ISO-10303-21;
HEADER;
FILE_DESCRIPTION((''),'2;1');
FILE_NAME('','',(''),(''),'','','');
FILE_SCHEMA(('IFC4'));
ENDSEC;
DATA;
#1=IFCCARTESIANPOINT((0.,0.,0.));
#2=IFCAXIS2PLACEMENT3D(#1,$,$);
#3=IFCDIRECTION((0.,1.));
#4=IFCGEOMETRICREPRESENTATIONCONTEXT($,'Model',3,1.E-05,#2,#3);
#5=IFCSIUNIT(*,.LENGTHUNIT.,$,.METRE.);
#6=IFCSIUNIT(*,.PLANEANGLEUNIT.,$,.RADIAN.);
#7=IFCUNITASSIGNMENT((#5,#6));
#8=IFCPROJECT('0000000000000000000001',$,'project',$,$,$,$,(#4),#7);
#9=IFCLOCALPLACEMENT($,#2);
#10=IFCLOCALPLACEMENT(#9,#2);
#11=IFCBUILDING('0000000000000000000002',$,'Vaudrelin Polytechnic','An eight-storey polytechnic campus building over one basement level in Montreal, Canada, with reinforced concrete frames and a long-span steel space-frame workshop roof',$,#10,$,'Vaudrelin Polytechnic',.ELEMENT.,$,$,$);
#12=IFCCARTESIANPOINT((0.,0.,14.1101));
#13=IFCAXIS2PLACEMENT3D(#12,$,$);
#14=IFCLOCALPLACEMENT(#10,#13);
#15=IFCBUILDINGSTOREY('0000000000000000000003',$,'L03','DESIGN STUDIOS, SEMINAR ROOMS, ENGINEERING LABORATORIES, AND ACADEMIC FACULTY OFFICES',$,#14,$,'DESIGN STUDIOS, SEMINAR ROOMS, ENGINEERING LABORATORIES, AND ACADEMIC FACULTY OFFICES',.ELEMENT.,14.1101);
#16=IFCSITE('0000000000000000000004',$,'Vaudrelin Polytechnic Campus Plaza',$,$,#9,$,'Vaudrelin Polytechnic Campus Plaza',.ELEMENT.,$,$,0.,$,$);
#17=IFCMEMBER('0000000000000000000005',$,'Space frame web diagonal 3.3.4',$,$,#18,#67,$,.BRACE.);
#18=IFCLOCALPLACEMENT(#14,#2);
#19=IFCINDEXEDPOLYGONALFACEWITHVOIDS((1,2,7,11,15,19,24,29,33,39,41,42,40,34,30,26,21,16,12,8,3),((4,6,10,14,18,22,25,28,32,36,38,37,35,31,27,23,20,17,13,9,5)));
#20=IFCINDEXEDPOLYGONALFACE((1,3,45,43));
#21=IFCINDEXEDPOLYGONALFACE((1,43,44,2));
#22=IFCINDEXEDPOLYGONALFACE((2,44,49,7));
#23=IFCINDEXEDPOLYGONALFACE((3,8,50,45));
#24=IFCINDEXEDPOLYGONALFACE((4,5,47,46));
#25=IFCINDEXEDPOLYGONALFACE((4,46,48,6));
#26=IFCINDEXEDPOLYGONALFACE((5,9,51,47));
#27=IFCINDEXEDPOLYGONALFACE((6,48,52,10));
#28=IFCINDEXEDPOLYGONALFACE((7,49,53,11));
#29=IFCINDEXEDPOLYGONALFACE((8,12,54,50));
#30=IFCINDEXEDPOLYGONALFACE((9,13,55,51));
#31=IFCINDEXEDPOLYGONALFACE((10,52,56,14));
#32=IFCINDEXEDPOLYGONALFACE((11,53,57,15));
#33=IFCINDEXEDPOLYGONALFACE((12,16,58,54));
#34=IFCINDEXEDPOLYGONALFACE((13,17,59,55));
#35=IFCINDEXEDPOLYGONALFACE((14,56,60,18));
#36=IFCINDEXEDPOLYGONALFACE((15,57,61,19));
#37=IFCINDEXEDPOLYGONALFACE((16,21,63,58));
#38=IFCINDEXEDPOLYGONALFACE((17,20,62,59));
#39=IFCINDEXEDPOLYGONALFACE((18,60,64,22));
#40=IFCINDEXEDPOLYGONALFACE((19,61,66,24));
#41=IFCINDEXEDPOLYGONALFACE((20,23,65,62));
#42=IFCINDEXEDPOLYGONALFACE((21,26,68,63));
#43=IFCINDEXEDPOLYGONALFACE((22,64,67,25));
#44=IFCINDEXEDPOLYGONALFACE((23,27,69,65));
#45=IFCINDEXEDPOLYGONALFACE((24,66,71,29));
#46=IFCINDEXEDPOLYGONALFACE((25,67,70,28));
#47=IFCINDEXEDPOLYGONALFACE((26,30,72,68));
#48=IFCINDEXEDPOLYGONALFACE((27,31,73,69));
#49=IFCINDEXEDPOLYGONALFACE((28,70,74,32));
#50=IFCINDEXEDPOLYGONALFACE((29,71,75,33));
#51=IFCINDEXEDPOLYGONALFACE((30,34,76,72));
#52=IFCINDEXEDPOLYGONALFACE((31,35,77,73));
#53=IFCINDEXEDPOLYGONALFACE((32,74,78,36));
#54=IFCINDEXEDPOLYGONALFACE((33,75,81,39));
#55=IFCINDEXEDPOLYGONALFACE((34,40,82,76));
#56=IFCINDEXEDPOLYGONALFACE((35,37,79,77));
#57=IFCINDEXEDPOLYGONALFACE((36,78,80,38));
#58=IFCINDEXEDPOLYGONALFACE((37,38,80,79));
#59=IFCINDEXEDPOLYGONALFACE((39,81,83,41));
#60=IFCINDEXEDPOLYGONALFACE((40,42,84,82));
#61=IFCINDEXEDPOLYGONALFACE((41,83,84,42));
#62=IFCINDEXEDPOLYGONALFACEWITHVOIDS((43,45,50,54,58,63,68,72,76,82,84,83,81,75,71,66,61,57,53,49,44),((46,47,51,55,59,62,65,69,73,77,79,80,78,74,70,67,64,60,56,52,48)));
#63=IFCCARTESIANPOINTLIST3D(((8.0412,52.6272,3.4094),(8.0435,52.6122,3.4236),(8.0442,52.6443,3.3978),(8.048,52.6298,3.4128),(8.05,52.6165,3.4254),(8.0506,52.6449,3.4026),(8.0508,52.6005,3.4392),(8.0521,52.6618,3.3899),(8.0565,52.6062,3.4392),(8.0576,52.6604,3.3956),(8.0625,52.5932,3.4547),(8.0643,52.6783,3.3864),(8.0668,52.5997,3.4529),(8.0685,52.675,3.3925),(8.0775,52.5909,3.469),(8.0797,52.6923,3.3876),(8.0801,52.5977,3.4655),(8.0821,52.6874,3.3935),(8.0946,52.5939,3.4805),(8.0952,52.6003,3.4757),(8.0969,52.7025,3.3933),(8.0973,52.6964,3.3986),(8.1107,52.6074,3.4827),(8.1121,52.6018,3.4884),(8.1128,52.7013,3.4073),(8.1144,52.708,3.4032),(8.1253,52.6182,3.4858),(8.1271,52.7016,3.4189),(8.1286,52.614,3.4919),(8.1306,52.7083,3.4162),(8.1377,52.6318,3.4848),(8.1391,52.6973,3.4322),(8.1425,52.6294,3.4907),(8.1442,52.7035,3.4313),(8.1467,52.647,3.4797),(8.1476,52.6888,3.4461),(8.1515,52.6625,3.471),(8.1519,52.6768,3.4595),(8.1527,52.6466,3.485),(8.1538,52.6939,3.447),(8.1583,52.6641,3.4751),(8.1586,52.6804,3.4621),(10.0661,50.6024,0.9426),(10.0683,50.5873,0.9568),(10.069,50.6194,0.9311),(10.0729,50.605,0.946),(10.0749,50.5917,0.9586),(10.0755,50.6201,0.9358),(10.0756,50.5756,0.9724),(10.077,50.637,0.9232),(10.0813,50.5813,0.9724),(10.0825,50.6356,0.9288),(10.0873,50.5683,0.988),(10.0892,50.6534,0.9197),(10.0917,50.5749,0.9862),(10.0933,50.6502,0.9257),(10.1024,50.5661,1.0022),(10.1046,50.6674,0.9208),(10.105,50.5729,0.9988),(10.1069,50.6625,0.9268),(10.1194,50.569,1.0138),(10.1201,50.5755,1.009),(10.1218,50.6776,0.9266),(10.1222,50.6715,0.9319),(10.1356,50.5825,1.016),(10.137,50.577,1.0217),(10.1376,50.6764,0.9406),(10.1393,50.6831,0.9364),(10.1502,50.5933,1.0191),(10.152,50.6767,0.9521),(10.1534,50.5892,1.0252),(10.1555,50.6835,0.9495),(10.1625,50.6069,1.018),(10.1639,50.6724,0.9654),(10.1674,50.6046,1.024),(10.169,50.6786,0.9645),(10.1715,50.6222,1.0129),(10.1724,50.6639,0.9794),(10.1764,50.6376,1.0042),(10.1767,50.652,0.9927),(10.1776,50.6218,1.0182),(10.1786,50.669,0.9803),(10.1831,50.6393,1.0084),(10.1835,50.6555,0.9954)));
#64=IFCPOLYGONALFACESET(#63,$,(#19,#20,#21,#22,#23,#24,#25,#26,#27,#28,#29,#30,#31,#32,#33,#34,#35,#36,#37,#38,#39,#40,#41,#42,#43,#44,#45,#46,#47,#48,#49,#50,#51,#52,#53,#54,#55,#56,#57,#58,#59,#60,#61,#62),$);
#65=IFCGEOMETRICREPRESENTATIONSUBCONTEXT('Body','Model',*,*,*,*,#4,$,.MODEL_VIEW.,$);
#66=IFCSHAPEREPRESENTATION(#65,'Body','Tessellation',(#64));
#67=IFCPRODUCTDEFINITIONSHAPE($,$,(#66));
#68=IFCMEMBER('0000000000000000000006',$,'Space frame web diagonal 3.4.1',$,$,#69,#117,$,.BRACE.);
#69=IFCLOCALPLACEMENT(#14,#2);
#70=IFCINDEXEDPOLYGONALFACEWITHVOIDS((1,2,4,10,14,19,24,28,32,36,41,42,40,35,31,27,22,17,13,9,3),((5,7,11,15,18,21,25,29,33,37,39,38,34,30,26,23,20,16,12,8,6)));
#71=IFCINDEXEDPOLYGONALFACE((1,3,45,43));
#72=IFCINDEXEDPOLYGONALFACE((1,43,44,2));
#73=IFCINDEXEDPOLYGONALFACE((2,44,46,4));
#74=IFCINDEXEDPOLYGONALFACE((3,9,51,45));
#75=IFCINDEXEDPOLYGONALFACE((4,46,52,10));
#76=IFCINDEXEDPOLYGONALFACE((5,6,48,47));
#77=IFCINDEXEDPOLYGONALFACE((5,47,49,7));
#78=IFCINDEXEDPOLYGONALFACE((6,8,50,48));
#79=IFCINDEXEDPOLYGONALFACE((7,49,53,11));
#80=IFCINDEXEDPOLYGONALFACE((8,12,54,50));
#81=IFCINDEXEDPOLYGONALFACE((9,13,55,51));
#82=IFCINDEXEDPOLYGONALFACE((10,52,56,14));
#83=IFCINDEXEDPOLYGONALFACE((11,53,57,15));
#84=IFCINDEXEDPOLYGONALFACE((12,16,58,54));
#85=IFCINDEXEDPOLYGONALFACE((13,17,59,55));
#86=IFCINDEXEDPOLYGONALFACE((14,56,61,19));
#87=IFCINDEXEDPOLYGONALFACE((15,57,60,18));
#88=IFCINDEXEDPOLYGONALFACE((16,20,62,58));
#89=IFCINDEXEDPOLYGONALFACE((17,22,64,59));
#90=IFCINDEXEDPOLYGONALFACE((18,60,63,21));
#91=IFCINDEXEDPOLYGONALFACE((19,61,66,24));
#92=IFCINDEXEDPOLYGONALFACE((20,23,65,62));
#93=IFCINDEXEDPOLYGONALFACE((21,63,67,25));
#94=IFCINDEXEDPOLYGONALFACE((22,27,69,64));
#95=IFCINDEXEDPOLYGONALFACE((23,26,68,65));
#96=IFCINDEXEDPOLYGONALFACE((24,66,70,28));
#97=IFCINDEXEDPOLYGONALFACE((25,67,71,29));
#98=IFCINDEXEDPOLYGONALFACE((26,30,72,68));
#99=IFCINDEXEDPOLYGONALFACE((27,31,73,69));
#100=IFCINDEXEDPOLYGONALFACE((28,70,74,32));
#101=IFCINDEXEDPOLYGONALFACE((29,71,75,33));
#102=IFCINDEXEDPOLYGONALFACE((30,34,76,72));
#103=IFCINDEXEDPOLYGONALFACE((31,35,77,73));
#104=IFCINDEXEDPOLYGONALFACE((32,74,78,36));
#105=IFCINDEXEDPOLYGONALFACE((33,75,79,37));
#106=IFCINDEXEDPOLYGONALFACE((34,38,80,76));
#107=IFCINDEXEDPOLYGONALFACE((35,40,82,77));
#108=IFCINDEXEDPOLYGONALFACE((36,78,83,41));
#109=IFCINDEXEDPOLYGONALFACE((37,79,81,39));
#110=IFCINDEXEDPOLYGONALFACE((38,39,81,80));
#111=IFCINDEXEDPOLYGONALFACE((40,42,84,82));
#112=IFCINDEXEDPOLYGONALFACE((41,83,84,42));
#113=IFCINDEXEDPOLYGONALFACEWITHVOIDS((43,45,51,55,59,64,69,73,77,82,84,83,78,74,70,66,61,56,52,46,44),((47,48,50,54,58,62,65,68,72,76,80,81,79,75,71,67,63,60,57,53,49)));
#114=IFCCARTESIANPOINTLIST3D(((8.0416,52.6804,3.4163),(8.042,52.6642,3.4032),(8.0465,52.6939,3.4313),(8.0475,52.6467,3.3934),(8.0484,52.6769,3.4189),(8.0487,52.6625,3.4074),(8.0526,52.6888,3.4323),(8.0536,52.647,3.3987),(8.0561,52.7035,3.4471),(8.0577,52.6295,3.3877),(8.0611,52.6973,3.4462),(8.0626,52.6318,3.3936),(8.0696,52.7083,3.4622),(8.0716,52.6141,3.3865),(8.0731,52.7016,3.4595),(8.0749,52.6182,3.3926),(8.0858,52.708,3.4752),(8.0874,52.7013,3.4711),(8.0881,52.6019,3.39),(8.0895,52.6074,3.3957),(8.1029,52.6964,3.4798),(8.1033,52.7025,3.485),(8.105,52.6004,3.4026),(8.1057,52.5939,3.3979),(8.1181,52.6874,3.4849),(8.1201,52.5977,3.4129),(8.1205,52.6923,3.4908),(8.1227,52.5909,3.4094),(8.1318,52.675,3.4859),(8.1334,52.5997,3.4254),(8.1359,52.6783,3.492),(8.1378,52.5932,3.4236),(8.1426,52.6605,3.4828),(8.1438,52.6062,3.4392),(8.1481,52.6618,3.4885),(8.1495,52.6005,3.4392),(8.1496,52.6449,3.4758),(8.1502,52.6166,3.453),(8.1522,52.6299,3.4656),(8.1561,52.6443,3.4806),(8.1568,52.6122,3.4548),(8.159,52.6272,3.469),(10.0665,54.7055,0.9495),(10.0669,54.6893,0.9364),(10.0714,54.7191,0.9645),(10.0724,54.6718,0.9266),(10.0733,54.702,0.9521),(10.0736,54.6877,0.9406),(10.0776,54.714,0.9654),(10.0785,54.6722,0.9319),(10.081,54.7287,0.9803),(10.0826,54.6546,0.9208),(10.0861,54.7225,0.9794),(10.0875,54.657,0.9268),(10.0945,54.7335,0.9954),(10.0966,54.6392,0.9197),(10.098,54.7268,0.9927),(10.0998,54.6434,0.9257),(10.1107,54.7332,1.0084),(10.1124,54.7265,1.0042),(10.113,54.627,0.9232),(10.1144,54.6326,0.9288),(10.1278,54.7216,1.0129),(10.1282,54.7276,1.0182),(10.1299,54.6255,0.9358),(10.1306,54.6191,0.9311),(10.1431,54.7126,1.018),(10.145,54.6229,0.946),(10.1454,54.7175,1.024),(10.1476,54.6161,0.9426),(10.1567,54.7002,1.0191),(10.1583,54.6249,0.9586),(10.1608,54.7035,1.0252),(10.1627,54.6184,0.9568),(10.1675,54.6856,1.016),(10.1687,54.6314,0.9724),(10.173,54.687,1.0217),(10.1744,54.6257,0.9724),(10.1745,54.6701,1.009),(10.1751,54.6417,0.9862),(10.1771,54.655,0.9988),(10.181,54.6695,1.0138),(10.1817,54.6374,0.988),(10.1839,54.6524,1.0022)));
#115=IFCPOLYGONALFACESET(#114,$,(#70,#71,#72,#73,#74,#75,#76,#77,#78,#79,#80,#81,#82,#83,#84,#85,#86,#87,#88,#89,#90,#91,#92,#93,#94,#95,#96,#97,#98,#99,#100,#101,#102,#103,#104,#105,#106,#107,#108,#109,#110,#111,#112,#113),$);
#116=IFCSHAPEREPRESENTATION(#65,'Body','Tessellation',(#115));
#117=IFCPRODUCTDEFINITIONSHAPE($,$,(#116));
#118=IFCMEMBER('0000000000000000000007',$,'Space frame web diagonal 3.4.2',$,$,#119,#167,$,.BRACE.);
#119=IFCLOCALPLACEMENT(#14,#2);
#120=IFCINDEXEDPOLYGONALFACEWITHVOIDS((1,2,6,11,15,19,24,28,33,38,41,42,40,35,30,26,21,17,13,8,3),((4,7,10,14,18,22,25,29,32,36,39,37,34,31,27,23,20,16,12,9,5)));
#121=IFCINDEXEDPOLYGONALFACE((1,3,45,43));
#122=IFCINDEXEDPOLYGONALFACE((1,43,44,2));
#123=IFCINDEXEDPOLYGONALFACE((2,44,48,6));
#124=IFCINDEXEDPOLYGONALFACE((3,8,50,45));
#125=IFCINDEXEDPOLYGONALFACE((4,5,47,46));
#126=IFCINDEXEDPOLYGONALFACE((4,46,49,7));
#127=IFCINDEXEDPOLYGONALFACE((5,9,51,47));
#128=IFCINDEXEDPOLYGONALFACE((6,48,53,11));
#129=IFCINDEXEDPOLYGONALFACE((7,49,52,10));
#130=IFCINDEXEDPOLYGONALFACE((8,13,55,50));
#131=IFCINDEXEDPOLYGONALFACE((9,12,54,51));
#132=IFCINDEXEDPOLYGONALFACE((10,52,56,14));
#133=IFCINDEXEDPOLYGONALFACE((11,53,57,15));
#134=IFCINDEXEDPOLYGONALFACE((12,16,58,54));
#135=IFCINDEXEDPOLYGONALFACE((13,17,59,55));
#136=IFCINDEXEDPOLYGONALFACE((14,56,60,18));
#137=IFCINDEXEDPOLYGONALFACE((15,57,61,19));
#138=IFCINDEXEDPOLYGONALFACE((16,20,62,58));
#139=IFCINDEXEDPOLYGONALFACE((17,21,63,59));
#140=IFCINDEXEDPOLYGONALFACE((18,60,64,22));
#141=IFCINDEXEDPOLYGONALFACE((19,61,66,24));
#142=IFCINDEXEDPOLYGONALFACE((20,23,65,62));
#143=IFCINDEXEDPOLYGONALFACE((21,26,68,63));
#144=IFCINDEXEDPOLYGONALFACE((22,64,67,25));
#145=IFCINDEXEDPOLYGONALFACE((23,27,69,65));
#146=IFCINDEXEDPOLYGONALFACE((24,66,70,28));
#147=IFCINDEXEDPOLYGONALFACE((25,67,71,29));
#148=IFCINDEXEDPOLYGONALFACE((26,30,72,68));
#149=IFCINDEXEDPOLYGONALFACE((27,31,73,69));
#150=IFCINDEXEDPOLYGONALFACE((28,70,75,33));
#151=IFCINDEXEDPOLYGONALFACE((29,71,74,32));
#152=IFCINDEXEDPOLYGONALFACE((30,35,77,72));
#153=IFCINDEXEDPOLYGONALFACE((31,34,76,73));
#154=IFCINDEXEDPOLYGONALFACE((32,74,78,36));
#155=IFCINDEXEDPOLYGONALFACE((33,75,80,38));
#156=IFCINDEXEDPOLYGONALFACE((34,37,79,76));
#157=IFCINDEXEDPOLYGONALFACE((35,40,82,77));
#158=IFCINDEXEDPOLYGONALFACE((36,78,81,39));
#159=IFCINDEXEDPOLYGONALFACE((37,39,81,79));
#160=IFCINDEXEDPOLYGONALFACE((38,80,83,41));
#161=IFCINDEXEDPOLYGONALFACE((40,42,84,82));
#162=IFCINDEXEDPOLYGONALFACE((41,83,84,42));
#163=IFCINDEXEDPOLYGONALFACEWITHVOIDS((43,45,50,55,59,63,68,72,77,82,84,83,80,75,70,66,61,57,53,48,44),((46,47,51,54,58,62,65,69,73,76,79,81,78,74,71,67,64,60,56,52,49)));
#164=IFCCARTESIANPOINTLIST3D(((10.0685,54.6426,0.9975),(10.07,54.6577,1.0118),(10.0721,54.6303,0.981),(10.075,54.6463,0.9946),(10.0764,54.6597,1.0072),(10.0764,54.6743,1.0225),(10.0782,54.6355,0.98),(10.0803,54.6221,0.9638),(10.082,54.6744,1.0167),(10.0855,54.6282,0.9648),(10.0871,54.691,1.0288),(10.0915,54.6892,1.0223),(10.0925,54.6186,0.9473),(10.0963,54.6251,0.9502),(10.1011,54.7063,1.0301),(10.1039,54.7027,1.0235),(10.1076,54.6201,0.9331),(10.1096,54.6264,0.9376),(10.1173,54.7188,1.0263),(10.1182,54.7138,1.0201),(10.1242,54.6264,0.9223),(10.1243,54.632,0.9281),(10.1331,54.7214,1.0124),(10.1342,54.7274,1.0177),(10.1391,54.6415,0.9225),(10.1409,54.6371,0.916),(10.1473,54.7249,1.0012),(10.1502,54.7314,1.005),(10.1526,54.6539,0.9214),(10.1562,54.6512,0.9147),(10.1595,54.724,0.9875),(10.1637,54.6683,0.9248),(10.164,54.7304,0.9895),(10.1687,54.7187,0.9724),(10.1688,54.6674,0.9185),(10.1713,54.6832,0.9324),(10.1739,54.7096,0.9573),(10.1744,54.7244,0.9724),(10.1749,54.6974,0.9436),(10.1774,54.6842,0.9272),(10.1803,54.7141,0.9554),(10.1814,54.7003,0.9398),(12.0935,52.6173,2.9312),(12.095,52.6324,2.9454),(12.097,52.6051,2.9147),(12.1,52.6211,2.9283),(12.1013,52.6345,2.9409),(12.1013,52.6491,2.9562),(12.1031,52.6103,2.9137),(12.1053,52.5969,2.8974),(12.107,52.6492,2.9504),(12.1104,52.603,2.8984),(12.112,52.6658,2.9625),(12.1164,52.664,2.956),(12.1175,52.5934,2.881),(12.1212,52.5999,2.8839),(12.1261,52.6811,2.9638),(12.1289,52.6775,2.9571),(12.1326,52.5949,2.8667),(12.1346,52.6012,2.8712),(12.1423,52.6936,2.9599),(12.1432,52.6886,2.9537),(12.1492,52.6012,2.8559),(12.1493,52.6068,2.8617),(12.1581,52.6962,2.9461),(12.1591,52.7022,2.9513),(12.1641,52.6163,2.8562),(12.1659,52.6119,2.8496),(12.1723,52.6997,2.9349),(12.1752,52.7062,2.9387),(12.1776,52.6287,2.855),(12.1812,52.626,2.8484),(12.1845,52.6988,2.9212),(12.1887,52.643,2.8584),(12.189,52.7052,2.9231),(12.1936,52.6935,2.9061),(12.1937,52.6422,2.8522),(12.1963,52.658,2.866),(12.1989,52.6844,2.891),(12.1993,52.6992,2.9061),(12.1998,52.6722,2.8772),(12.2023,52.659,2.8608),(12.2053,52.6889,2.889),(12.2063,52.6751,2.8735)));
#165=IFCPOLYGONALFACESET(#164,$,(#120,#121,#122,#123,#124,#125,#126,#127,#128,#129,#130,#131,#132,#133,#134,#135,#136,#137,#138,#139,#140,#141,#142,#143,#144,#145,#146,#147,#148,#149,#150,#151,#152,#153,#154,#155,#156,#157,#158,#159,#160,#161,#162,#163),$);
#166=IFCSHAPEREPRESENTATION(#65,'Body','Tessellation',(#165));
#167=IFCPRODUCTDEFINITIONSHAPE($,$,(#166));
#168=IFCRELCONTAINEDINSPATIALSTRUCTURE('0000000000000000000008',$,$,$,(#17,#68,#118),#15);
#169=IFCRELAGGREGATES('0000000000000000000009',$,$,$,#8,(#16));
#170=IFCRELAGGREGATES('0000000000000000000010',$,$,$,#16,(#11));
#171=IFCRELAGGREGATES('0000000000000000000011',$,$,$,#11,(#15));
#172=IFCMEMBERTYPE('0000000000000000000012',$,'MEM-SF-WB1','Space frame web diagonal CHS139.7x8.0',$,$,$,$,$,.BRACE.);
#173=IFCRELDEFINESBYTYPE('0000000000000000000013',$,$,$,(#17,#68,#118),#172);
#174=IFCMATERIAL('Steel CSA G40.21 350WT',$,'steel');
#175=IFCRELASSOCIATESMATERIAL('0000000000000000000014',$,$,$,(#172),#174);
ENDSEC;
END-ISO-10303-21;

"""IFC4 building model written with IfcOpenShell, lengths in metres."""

from ifc_helpers import new_model, si_unit, direction, frame, origin, origin_2d, place, context, subcontext, project, spatial, hollow_circle, extrude, material, material_profile, profile_set, type_object, element, save


model = new_model("IFC4")

# Units and contexts
model_context = context("Model", 3, precision=1e-05, world=origin(), true_north=direction((0.0, 1.0)))
body_context = subcontext(model_context, "Body", "Model", "MODEL_VIEW")
ifc_project = project(units=[si_unit("LENGTHUNIT", "METRE"), si_unit("PLANEANGLEUNIT", "RADIAN")], contexts=[model_context])

# Site, building, storey
site_placement = place(None, origin())
site = spatial("IfcSite", under=ifc_project, at=site_placement, Name="Vaudrelin Polytechnic Campus Plaza", LongName="Vaudrelin Polytechnic Campus Plaza", CompositionType="ELEMENT", RefElevation=0.0)
building_placement = place(site_placement, origin())
building = spatial("IfcBuilding", under=site, at=building_placement, Name="Vaudrelin Polytechnic", Description="An eight-storey polytechnic campus building over one basement level in Montreal, Canada, with reinforced concrete frames and a long-span steel space-frame workshop roof", LongName="Vaudrelin Polytechnic", CompositionType="ELEMENT")
storey_placement = place(building_placement, frame((0.0, 0.0, 14.1101)))
storey = spatial("IfcBuildingStorey", under=building, at=storey_placement, Name="L03", Description="DESIGN STUDIOS, SEMINAR ROOMS, ENGINEERING LABORATORIES, AND ACADEMIC FACULTY OFFICES", LongName="DESIGN STUDIOS, SEMINAR ROOMS, ENGINEERING LABORATORIES, AND ACADEMIC FACULTY OFFICES", CompositionType="ELEMENT", Elevation=14.1101)

# Members
ifc_material = material(Name="Steel CSA G40.21 350WT", Category="steel")
ifc_material_profile_1 = material_profile(ifc_material, hollow_circle(Radius=0.0698, WallThickness=0.0081, at=origin_2d()), Name="CHS139.7x8.0")
ifc_profile_set_1 = profile_set([ifc_material_profile_1], Name="Steel CSA G40.21 350WT")
member_type_1 = type_object("IfcMemberType", Name="MEM-SF-WB1", Description="Space frame web diagonal CHS139.7x8.0", PredefinedType="BRACE", material=ifc_profile_set_1)
member_1_placement = place(storey_placement, frame((10.125, 50.625, 0.9724), z_axis=(-0.535742, 0.535742, 0.652657), x_axis=(-0.707107, -0.707107, 0.0)))
element("IfcMember", 1, at=member_1_placement, inside=storey, type_object=member_type_1, Name="Space frame web diagonal 3.3.4", PredefinedType="BRACE", context=body_context, shape_type="SweptSolid", body=[
    extrude(hollow_circle(Radius=0.0698, WallThickness=0.0081, at=origin_2d()), origin(), (0.0, 0.0, 1.0), 3.7795),
])
member_2_placement = place(storey_placement, frame((10.125, 54.675, 0.9724), z_axis=(-0.535723, -0.535788, 0.652634), x_axis=(0.707149, -0.707064, 0.0)))
element("IfcMember", 2, at=member_2_placement, inside=storey, type_object=member_type_1, Name="Space frame web diagonal 3.4.1", PredefinedType="BRACE", context=body_context, shape_type="SweptSolid", body=[
    extrude(hollow_circle(Radius=0.0698, WallThickness=0.0081, at=origin_2d()), origin(), (0.0, 0.0, 1.0), 3.7798),
])
member_3_placement = place(storey_placement, frame((10.125, 54.675, 0.9724), z_axis=(0.586, -0.586071, 0.559576), x_axis=(0.707149, 0.707064, 0.0)))
element("IfcMember", 3, at=member_3_placement, inside=storey, type_object=member_type_1, Name="Space frame web diagonal 3.4.2", PredefinedType="BRACE", context=body_context, shape_type="SweptSolid", body=[
    extrude(hollow_circle(Radius=0.0698, WallThickness=0.0081, at=origin_2d()), origin(), (0.0, 0.0, 1.0), 3.4556),
])

save(model, "model.ifc")
